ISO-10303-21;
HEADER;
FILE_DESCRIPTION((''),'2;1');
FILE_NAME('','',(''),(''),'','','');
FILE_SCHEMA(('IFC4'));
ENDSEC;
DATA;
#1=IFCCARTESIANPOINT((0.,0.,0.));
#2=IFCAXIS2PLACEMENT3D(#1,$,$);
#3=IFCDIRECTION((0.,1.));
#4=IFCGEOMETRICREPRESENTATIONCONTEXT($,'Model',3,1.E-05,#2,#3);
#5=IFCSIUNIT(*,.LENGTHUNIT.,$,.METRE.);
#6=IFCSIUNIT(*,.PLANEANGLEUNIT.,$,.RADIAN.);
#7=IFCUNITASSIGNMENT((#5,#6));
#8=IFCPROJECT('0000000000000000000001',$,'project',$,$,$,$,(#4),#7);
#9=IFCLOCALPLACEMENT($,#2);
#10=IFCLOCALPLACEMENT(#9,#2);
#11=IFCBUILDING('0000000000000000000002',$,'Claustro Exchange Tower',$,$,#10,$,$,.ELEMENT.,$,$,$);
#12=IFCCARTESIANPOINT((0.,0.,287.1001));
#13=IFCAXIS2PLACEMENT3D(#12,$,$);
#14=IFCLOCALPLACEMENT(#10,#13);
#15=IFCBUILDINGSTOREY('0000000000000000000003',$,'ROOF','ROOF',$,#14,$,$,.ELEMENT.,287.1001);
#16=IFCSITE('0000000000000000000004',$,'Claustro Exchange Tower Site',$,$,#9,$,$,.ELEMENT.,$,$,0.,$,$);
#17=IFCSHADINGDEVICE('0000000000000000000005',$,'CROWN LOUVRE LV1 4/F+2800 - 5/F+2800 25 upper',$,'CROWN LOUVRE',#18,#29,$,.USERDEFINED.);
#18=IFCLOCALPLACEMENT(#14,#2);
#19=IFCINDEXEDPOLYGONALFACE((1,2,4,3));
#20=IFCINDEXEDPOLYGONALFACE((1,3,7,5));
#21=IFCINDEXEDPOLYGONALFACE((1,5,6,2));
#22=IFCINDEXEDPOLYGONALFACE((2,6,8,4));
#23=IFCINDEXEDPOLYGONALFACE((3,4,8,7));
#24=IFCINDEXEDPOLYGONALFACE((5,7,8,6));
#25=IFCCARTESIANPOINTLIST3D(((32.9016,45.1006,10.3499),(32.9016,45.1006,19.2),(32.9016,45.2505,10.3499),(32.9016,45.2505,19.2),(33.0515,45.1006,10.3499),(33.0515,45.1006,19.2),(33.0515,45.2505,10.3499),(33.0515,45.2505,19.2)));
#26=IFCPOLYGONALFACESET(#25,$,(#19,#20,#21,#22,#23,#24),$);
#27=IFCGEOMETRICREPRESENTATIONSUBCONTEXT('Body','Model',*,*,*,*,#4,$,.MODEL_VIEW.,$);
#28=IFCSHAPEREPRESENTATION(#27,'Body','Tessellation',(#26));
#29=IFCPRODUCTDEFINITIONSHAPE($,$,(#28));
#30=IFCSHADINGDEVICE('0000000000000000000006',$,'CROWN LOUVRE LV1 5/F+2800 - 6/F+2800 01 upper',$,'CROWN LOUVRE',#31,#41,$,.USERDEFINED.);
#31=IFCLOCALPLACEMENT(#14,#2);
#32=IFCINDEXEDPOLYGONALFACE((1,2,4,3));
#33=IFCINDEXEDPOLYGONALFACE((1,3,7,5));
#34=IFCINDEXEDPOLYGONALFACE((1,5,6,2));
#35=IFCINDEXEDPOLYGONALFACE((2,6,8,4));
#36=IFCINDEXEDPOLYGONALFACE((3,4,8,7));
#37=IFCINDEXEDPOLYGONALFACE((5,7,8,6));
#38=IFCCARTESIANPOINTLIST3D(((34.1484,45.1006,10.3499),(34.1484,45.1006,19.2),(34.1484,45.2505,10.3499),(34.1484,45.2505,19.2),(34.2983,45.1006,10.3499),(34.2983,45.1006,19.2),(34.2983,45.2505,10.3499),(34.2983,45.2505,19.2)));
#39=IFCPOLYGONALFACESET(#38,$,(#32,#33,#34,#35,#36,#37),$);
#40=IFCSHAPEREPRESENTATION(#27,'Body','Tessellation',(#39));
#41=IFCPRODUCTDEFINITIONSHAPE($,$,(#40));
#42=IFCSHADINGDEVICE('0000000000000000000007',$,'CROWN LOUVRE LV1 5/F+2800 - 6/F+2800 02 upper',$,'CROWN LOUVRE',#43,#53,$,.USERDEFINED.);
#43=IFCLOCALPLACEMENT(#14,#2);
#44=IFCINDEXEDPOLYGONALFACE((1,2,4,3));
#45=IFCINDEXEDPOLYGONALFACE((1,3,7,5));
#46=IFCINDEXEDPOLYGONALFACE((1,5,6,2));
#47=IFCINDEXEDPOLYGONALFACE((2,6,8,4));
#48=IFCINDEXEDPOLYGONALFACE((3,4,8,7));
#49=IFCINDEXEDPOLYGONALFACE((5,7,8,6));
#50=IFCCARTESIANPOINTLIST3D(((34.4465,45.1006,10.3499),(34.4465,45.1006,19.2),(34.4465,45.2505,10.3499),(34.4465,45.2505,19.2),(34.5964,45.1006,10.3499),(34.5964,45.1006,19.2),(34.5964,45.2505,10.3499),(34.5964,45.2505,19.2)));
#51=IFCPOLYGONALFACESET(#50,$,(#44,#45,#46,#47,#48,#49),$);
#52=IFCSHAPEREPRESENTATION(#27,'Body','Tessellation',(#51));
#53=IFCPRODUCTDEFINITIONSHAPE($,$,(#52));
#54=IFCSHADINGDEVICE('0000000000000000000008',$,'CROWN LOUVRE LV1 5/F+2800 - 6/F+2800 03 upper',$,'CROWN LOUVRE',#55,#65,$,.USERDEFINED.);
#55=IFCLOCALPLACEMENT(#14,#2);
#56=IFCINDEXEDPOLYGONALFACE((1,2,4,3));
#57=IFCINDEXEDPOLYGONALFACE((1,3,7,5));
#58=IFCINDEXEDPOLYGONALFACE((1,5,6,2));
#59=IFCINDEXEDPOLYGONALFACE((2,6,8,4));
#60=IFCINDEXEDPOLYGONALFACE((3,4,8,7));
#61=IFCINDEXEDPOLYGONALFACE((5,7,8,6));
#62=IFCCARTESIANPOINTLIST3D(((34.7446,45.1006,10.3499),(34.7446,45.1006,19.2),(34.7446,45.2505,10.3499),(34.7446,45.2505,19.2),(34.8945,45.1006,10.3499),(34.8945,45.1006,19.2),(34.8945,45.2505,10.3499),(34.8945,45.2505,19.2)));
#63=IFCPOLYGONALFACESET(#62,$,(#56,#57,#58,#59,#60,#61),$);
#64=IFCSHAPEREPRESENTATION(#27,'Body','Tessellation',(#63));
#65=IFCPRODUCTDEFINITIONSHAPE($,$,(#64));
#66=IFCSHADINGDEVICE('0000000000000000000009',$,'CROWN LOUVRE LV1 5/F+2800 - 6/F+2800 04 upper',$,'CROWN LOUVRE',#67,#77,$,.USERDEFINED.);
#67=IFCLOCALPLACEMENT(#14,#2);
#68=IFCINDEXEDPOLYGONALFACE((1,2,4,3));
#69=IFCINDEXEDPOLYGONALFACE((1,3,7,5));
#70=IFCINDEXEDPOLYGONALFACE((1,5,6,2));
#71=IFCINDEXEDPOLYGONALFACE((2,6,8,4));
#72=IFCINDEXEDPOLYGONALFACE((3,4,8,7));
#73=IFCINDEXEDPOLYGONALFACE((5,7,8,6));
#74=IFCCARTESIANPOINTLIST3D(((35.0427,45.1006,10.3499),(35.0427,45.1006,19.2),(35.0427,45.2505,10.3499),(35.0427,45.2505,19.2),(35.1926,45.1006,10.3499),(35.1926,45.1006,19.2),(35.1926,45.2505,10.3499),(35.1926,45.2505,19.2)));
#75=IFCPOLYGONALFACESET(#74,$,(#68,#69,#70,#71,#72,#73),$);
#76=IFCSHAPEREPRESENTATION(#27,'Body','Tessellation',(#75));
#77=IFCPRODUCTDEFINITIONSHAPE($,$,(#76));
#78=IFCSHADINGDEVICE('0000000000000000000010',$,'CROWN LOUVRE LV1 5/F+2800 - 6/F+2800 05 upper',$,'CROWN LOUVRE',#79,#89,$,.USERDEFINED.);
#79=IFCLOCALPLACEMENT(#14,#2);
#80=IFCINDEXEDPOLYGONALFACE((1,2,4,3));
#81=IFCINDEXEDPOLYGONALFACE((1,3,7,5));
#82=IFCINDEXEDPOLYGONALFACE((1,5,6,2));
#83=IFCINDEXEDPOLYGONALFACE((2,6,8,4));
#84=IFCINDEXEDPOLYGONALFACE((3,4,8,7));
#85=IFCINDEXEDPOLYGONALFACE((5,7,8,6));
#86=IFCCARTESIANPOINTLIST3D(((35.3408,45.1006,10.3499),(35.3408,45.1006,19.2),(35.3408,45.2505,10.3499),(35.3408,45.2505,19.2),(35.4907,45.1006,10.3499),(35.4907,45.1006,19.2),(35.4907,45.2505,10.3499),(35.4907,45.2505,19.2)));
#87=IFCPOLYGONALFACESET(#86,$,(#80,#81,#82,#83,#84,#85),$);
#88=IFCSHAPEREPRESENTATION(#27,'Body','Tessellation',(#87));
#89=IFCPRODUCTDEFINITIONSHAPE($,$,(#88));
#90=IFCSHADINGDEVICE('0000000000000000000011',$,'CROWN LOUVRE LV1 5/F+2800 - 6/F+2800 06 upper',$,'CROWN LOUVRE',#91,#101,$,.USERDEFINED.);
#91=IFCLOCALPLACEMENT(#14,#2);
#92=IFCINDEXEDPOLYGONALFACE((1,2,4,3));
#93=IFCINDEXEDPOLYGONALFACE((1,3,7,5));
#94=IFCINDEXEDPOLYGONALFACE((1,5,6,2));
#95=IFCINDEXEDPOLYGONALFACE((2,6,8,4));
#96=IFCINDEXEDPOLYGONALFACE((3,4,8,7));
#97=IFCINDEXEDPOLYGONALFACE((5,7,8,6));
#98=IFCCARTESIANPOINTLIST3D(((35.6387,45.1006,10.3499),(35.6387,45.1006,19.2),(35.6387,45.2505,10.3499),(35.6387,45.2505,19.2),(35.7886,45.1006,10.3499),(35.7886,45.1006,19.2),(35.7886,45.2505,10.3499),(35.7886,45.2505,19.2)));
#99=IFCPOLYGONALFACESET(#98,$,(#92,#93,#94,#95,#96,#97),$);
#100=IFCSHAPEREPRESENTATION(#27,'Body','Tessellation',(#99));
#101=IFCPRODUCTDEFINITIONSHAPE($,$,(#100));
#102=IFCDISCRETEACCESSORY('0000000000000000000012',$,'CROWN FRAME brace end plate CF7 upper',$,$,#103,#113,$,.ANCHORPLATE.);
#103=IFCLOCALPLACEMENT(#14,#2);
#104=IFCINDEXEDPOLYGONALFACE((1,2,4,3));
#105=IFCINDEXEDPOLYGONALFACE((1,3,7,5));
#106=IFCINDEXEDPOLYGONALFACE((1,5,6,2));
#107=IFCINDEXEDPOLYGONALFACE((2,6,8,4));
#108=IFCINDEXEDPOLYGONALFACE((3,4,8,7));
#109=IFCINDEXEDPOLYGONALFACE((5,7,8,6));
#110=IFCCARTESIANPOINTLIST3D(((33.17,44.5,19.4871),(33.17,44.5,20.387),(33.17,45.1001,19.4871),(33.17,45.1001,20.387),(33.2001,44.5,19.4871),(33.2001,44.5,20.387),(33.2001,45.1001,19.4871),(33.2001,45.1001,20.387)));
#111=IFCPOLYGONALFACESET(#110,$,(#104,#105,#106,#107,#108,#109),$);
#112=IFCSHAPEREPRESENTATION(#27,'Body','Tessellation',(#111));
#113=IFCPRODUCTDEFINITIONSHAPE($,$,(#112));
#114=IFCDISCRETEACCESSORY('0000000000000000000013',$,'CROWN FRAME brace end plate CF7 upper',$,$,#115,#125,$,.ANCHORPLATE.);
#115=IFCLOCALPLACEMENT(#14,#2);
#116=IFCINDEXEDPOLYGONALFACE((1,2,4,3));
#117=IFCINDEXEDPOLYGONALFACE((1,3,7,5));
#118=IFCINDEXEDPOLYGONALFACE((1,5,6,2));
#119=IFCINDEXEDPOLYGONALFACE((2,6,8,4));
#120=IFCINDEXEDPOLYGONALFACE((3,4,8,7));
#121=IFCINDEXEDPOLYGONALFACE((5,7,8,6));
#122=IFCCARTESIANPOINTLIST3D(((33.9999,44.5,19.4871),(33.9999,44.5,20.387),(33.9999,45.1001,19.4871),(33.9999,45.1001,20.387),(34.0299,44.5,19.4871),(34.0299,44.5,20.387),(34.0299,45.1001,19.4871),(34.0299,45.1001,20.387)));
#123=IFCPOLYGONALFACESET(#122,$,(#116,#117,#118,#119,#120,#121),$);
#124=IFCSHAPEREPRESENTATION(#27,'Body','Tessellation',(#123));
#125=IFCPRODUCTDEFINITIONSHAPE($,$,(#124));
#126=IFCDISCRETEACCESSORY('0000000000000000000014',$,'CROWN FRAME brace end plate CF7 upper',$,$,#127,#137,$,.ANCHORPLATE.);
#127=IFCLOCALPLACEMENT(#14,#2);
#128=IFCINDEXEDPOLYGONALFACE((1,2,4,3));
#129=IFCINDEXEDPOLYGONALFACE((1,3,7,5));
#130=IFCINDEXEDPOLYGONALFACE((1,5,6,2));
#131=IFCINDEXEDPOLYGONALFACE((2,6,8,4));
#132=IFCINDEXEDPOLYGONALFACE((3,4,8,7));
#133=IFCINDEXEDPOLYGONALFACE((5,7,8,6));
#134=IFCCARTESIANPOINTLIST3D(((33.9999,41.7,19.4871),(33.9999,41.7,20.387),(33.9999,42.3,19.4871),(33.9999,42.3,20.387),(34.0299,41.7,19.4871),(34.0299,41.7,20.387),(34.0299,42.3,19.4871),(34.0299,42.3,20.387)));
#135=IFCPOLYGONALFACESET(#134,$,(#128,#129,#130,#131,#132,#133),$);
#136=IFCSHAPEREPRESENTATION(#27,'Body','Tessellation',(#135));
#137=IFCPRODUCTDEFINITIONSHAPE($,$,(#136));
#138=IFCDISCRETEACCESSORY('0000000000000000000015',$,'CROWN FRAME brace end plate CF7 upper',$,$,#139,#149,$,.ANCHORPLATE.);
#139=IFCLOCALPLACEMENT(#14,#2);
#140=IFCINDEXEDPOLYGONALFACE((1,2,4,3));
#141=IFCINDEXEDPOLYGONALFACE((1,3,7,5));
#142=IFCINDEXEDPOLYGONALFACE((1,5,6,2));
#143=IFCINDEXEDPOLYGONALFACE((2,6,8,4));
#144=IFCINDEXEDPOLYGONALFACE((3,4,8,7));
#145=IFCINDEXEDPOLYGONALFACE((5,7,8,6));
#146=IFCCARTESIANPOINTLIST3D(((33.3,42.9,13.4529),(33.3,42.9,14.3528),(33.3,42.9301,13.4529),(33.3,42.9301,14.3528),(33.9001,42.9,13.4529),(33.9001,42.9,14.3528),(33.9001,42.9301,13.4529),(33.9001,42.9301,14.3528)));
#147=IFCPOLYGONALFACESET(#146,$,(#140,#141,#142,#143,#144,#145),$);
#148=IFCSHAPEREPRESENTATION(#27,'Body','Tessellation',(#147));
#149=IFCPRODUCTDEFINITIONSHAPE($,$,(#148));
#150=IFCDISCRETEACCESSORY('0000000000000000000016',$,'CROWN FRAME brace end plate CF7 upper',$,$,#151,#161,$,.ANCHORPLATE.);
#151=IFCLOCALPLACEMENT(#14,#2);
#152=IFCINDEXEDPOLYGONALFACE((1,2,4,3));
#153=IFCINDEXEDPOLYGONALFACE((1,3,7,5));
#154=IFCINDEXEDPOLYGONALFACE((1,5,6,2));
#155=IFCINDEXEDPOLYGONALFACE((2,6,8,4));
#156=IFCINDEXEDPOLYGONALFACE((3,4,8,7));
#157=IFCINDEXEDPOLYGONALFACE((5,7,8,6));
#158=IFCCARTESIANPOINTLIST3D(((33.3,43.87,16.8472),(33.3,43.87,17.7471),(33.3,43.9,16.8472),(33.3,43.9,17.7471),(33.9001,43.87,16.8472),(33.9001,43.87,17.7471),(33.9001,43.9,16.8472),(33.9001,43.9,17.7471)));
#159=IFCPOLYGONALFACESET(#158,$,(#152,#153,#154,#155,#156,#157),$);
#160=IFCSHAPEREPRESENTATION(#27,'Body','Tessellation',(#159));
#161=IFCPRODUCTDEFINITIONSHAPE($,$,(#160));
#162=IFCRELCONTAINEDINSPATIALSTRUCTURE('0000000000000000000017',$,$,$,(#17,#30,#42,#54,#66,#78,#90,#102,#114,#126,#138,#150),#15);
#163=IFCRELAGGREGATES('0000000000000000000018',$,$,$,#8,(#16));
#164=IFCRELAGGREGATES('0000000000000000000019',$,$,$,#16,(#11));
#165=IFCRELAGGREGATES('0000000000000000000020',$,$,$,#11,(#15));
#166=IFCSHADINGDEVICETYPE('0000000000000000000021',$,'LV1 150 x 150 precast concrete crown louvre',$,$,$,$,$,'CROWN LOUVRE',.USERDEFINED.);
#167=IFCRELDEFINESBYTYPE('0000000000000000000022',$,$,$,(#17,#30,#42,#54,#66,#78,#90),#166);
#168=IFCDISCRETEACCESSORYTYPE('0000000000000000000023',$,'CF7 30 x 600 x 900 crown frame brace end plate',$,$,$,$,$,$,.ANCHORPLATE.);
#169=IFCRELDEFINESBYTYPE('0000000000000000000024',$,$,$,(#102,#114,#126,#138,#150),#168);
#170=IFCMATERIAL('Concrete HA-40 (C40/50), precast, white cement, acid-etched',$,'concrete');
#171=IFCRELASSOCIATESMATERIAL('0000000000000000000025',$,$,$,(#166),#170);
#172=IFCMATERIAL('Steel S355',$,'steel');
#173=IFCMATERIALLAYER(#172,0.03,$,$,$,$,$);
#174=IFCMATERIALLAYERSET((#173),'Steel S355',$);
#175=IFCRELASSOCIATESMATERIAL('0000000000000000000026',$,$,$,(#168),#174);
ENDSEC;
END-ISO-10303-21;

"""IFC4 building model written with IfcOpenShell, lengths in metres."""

from ifc_helpers import new_model, si_unit, direction, frame, origin, origin_2d, place, context, subcontext, project, spatial, rectangle, extrude, material, layer, layer_set, type_object, element, save


model = new_model("IFC4")

# Units and contexts
model_context = context("Model", 3, precision=1e-05, world=origin(), true_north=direction((0.0, 1.0)))
body_context = subcontext(model_context, "Body", "Model", "MODEL_VIEW")
ifc_project = project(units=[si_unit("LENGTHUNIT", "METRE"), si_unit("PLANEANGLEUNIT", "RADIAN")], contexts=[model_context])

# Site, building, storey
site_placement = place(None, origin())
site = spatial("IfcSite", under=ifc_project, at=site_placement, Name="Claustro Exchange Tower Site", CompositionType="ELEMENT", RefElevation=0.0)
building_placement = place(site_placement, origin())
building = spatial("IfcBuilding", under=site, at=building_placement, Name="Claustro Exchange Tower", CompositionType="ELEMENT")
storey_placement = place(building_placement, frame((0.0, 0.0, 287.1001)))
storey = spatial("IfcBuildingStorey", under=building, at=storey_placement, Name="ROOF", Description="ROOF", CompositionType="ELEMENT", Elevation=287.1001)

# Shading devices
ifc_material_1 = material(Name="Concrete HA-40 (C40/50), precast, white cement, acid-etched", Category="concrete")
shading_device_type = type_object("IfcShadingDeviceType", Name="LV1 150 x 150 precast concrete crown louvre", ElementType="CROWN LOUVRE", PredefinedType="USERDEFINED", material=ifc_material_1)
for number, where, z_axis, x_axis, name in (
    (1, (32.9766, 45.1755, 10.3499), (0.0, 0.0, 1.0), (1.0, 0.0, 0.0), "CROWN LOUVRE LV1 4/F+2800 - 5/F+2800 25 upper"),
    (2, (34.2234, 45.1755, 10.3499), (0.0, 0.0, 1.0), (1.0, 0.0, 0.0), "CROWN LOUVRE LV1 5/F+2800 - 6/F+2800 01 upper"),
    (3, (34.5215, 45.1755, 10.3499), (0.0, 0.0, 1.0), (1.0, 0.0, 0.0), "CROWN LOUVRE LV1 5/F+2800 - 6/F+2800 02 upper"),
    (4, (34.8196, 45.1755, 10.3499), (0.0, 0.0, 1.0), (1.0, 0.0, 0.0), "CROWN LOUVRE LV1 5/F+2800 - 6/F+2800 03 upper"),
    (5, (35.1177, 45.1755, 10.3499), (0.0, 0.0, 1.0), (1.0, 0.0, 0.0), "CROWN LOUVRE LV1 5/F+2800 - 6/F+2800 04 upper"),
    (6, (35.4158, 45.1755, 10.3499), (0.0, 0.0, 1.0), (1.0, 0.0, 0.0), "CROWN LOUVRE LV1 5/F+2800 - 6/F+2800 05 upper"),
    (7, (35.7136, 45.1755, 10.3499), (0.0, 0.0, 1.0), (1.0, 0.0, 0.0), "CROWN LOUVRE LV1 5/F+2800 - 6/F+2800 06 upper"),
):
    element("IfcShadingDevice", number, at=place(storey_placement, frame(where, z_axis=z_axis, x_axis=x_axis)), inside=storey, type_object=shading_device_type, Name=name, ObjectType="CROWN LOUVRE", PredefinedType="USERDEFINED", context=body_context, shape_type="SweptSolid", body=[
        extrude(rectangle(XDim=0.1499, YDim=0.1499, at=origin_2d()), origin(), (0.0, 0.0, 1.0), 8.8501),
    ])

# Discrete accessories
ifc_material_2 = material(Name="Steel S355", Category="steel")
ifc_layer = layer(ifc_material_2, 0.03)
ifc_layer_set = layer_set([ifc_layer], Name="Steel S355")
discrete_accessory_type = type_object("IfcDiscreteAccessoryType", Name="CF7 30 x 600 x 900 crown frame brace end plate", PredefinedType="ANCHORPLATE", material=ifc_layer_set)
for number, where, z_axis, x_axis, name in (
    (8, (33.1851, 44.8, 19.4871), (0.0, 0.0, 1.0), (1.0, 0.0, 0.0), "CROWN FRAME brace end plate CF7 upper"),
    (9, (34.0149, 44.8, 19.4871), (0.0, 0.0, 1.0), (-1.0, 0.0, 0.0), "CROWN FRAME brace end plate CF7 upper"),
    (10, (34.0149, 42.0, 19.4871), (0.0, 0.0, 1.0), (-1.0, 0.0, 0.0), "CROWN FRAME brace end plate CF7 upper"),
    (11, (33.6001, 42.915, 13.4529), (0.0, 0.0, 1.0), (0.0, 1.0, 0.0), "CROWN FRAME brace end plate CF7 upper"),
    (12, (33.6001, 43.885, 16.8472), (0.0, 0.0, 1.0), (0.0, 1.0, 0.0), "CROWN FRAME brace end plate CF7 upper"),
):
    element("IfcDiscreteAccessory", number, at=place(storey_placement, frame(where, z_axis=z_axis, x_axis=x_axis)), inside=storey, type_object=discrete_accessory_type, Name=name, PredefinedType="ANCHORPLATE", context=body_context, shape_type="SweptSolid", body=[
        extrude(rectangle(XDim=0.03, YDim=0.6001, at=origin_2d()), origin(), (0.0, 0.0, 1.0), 0.8999),
    ])

save(model, "model.ifc")
